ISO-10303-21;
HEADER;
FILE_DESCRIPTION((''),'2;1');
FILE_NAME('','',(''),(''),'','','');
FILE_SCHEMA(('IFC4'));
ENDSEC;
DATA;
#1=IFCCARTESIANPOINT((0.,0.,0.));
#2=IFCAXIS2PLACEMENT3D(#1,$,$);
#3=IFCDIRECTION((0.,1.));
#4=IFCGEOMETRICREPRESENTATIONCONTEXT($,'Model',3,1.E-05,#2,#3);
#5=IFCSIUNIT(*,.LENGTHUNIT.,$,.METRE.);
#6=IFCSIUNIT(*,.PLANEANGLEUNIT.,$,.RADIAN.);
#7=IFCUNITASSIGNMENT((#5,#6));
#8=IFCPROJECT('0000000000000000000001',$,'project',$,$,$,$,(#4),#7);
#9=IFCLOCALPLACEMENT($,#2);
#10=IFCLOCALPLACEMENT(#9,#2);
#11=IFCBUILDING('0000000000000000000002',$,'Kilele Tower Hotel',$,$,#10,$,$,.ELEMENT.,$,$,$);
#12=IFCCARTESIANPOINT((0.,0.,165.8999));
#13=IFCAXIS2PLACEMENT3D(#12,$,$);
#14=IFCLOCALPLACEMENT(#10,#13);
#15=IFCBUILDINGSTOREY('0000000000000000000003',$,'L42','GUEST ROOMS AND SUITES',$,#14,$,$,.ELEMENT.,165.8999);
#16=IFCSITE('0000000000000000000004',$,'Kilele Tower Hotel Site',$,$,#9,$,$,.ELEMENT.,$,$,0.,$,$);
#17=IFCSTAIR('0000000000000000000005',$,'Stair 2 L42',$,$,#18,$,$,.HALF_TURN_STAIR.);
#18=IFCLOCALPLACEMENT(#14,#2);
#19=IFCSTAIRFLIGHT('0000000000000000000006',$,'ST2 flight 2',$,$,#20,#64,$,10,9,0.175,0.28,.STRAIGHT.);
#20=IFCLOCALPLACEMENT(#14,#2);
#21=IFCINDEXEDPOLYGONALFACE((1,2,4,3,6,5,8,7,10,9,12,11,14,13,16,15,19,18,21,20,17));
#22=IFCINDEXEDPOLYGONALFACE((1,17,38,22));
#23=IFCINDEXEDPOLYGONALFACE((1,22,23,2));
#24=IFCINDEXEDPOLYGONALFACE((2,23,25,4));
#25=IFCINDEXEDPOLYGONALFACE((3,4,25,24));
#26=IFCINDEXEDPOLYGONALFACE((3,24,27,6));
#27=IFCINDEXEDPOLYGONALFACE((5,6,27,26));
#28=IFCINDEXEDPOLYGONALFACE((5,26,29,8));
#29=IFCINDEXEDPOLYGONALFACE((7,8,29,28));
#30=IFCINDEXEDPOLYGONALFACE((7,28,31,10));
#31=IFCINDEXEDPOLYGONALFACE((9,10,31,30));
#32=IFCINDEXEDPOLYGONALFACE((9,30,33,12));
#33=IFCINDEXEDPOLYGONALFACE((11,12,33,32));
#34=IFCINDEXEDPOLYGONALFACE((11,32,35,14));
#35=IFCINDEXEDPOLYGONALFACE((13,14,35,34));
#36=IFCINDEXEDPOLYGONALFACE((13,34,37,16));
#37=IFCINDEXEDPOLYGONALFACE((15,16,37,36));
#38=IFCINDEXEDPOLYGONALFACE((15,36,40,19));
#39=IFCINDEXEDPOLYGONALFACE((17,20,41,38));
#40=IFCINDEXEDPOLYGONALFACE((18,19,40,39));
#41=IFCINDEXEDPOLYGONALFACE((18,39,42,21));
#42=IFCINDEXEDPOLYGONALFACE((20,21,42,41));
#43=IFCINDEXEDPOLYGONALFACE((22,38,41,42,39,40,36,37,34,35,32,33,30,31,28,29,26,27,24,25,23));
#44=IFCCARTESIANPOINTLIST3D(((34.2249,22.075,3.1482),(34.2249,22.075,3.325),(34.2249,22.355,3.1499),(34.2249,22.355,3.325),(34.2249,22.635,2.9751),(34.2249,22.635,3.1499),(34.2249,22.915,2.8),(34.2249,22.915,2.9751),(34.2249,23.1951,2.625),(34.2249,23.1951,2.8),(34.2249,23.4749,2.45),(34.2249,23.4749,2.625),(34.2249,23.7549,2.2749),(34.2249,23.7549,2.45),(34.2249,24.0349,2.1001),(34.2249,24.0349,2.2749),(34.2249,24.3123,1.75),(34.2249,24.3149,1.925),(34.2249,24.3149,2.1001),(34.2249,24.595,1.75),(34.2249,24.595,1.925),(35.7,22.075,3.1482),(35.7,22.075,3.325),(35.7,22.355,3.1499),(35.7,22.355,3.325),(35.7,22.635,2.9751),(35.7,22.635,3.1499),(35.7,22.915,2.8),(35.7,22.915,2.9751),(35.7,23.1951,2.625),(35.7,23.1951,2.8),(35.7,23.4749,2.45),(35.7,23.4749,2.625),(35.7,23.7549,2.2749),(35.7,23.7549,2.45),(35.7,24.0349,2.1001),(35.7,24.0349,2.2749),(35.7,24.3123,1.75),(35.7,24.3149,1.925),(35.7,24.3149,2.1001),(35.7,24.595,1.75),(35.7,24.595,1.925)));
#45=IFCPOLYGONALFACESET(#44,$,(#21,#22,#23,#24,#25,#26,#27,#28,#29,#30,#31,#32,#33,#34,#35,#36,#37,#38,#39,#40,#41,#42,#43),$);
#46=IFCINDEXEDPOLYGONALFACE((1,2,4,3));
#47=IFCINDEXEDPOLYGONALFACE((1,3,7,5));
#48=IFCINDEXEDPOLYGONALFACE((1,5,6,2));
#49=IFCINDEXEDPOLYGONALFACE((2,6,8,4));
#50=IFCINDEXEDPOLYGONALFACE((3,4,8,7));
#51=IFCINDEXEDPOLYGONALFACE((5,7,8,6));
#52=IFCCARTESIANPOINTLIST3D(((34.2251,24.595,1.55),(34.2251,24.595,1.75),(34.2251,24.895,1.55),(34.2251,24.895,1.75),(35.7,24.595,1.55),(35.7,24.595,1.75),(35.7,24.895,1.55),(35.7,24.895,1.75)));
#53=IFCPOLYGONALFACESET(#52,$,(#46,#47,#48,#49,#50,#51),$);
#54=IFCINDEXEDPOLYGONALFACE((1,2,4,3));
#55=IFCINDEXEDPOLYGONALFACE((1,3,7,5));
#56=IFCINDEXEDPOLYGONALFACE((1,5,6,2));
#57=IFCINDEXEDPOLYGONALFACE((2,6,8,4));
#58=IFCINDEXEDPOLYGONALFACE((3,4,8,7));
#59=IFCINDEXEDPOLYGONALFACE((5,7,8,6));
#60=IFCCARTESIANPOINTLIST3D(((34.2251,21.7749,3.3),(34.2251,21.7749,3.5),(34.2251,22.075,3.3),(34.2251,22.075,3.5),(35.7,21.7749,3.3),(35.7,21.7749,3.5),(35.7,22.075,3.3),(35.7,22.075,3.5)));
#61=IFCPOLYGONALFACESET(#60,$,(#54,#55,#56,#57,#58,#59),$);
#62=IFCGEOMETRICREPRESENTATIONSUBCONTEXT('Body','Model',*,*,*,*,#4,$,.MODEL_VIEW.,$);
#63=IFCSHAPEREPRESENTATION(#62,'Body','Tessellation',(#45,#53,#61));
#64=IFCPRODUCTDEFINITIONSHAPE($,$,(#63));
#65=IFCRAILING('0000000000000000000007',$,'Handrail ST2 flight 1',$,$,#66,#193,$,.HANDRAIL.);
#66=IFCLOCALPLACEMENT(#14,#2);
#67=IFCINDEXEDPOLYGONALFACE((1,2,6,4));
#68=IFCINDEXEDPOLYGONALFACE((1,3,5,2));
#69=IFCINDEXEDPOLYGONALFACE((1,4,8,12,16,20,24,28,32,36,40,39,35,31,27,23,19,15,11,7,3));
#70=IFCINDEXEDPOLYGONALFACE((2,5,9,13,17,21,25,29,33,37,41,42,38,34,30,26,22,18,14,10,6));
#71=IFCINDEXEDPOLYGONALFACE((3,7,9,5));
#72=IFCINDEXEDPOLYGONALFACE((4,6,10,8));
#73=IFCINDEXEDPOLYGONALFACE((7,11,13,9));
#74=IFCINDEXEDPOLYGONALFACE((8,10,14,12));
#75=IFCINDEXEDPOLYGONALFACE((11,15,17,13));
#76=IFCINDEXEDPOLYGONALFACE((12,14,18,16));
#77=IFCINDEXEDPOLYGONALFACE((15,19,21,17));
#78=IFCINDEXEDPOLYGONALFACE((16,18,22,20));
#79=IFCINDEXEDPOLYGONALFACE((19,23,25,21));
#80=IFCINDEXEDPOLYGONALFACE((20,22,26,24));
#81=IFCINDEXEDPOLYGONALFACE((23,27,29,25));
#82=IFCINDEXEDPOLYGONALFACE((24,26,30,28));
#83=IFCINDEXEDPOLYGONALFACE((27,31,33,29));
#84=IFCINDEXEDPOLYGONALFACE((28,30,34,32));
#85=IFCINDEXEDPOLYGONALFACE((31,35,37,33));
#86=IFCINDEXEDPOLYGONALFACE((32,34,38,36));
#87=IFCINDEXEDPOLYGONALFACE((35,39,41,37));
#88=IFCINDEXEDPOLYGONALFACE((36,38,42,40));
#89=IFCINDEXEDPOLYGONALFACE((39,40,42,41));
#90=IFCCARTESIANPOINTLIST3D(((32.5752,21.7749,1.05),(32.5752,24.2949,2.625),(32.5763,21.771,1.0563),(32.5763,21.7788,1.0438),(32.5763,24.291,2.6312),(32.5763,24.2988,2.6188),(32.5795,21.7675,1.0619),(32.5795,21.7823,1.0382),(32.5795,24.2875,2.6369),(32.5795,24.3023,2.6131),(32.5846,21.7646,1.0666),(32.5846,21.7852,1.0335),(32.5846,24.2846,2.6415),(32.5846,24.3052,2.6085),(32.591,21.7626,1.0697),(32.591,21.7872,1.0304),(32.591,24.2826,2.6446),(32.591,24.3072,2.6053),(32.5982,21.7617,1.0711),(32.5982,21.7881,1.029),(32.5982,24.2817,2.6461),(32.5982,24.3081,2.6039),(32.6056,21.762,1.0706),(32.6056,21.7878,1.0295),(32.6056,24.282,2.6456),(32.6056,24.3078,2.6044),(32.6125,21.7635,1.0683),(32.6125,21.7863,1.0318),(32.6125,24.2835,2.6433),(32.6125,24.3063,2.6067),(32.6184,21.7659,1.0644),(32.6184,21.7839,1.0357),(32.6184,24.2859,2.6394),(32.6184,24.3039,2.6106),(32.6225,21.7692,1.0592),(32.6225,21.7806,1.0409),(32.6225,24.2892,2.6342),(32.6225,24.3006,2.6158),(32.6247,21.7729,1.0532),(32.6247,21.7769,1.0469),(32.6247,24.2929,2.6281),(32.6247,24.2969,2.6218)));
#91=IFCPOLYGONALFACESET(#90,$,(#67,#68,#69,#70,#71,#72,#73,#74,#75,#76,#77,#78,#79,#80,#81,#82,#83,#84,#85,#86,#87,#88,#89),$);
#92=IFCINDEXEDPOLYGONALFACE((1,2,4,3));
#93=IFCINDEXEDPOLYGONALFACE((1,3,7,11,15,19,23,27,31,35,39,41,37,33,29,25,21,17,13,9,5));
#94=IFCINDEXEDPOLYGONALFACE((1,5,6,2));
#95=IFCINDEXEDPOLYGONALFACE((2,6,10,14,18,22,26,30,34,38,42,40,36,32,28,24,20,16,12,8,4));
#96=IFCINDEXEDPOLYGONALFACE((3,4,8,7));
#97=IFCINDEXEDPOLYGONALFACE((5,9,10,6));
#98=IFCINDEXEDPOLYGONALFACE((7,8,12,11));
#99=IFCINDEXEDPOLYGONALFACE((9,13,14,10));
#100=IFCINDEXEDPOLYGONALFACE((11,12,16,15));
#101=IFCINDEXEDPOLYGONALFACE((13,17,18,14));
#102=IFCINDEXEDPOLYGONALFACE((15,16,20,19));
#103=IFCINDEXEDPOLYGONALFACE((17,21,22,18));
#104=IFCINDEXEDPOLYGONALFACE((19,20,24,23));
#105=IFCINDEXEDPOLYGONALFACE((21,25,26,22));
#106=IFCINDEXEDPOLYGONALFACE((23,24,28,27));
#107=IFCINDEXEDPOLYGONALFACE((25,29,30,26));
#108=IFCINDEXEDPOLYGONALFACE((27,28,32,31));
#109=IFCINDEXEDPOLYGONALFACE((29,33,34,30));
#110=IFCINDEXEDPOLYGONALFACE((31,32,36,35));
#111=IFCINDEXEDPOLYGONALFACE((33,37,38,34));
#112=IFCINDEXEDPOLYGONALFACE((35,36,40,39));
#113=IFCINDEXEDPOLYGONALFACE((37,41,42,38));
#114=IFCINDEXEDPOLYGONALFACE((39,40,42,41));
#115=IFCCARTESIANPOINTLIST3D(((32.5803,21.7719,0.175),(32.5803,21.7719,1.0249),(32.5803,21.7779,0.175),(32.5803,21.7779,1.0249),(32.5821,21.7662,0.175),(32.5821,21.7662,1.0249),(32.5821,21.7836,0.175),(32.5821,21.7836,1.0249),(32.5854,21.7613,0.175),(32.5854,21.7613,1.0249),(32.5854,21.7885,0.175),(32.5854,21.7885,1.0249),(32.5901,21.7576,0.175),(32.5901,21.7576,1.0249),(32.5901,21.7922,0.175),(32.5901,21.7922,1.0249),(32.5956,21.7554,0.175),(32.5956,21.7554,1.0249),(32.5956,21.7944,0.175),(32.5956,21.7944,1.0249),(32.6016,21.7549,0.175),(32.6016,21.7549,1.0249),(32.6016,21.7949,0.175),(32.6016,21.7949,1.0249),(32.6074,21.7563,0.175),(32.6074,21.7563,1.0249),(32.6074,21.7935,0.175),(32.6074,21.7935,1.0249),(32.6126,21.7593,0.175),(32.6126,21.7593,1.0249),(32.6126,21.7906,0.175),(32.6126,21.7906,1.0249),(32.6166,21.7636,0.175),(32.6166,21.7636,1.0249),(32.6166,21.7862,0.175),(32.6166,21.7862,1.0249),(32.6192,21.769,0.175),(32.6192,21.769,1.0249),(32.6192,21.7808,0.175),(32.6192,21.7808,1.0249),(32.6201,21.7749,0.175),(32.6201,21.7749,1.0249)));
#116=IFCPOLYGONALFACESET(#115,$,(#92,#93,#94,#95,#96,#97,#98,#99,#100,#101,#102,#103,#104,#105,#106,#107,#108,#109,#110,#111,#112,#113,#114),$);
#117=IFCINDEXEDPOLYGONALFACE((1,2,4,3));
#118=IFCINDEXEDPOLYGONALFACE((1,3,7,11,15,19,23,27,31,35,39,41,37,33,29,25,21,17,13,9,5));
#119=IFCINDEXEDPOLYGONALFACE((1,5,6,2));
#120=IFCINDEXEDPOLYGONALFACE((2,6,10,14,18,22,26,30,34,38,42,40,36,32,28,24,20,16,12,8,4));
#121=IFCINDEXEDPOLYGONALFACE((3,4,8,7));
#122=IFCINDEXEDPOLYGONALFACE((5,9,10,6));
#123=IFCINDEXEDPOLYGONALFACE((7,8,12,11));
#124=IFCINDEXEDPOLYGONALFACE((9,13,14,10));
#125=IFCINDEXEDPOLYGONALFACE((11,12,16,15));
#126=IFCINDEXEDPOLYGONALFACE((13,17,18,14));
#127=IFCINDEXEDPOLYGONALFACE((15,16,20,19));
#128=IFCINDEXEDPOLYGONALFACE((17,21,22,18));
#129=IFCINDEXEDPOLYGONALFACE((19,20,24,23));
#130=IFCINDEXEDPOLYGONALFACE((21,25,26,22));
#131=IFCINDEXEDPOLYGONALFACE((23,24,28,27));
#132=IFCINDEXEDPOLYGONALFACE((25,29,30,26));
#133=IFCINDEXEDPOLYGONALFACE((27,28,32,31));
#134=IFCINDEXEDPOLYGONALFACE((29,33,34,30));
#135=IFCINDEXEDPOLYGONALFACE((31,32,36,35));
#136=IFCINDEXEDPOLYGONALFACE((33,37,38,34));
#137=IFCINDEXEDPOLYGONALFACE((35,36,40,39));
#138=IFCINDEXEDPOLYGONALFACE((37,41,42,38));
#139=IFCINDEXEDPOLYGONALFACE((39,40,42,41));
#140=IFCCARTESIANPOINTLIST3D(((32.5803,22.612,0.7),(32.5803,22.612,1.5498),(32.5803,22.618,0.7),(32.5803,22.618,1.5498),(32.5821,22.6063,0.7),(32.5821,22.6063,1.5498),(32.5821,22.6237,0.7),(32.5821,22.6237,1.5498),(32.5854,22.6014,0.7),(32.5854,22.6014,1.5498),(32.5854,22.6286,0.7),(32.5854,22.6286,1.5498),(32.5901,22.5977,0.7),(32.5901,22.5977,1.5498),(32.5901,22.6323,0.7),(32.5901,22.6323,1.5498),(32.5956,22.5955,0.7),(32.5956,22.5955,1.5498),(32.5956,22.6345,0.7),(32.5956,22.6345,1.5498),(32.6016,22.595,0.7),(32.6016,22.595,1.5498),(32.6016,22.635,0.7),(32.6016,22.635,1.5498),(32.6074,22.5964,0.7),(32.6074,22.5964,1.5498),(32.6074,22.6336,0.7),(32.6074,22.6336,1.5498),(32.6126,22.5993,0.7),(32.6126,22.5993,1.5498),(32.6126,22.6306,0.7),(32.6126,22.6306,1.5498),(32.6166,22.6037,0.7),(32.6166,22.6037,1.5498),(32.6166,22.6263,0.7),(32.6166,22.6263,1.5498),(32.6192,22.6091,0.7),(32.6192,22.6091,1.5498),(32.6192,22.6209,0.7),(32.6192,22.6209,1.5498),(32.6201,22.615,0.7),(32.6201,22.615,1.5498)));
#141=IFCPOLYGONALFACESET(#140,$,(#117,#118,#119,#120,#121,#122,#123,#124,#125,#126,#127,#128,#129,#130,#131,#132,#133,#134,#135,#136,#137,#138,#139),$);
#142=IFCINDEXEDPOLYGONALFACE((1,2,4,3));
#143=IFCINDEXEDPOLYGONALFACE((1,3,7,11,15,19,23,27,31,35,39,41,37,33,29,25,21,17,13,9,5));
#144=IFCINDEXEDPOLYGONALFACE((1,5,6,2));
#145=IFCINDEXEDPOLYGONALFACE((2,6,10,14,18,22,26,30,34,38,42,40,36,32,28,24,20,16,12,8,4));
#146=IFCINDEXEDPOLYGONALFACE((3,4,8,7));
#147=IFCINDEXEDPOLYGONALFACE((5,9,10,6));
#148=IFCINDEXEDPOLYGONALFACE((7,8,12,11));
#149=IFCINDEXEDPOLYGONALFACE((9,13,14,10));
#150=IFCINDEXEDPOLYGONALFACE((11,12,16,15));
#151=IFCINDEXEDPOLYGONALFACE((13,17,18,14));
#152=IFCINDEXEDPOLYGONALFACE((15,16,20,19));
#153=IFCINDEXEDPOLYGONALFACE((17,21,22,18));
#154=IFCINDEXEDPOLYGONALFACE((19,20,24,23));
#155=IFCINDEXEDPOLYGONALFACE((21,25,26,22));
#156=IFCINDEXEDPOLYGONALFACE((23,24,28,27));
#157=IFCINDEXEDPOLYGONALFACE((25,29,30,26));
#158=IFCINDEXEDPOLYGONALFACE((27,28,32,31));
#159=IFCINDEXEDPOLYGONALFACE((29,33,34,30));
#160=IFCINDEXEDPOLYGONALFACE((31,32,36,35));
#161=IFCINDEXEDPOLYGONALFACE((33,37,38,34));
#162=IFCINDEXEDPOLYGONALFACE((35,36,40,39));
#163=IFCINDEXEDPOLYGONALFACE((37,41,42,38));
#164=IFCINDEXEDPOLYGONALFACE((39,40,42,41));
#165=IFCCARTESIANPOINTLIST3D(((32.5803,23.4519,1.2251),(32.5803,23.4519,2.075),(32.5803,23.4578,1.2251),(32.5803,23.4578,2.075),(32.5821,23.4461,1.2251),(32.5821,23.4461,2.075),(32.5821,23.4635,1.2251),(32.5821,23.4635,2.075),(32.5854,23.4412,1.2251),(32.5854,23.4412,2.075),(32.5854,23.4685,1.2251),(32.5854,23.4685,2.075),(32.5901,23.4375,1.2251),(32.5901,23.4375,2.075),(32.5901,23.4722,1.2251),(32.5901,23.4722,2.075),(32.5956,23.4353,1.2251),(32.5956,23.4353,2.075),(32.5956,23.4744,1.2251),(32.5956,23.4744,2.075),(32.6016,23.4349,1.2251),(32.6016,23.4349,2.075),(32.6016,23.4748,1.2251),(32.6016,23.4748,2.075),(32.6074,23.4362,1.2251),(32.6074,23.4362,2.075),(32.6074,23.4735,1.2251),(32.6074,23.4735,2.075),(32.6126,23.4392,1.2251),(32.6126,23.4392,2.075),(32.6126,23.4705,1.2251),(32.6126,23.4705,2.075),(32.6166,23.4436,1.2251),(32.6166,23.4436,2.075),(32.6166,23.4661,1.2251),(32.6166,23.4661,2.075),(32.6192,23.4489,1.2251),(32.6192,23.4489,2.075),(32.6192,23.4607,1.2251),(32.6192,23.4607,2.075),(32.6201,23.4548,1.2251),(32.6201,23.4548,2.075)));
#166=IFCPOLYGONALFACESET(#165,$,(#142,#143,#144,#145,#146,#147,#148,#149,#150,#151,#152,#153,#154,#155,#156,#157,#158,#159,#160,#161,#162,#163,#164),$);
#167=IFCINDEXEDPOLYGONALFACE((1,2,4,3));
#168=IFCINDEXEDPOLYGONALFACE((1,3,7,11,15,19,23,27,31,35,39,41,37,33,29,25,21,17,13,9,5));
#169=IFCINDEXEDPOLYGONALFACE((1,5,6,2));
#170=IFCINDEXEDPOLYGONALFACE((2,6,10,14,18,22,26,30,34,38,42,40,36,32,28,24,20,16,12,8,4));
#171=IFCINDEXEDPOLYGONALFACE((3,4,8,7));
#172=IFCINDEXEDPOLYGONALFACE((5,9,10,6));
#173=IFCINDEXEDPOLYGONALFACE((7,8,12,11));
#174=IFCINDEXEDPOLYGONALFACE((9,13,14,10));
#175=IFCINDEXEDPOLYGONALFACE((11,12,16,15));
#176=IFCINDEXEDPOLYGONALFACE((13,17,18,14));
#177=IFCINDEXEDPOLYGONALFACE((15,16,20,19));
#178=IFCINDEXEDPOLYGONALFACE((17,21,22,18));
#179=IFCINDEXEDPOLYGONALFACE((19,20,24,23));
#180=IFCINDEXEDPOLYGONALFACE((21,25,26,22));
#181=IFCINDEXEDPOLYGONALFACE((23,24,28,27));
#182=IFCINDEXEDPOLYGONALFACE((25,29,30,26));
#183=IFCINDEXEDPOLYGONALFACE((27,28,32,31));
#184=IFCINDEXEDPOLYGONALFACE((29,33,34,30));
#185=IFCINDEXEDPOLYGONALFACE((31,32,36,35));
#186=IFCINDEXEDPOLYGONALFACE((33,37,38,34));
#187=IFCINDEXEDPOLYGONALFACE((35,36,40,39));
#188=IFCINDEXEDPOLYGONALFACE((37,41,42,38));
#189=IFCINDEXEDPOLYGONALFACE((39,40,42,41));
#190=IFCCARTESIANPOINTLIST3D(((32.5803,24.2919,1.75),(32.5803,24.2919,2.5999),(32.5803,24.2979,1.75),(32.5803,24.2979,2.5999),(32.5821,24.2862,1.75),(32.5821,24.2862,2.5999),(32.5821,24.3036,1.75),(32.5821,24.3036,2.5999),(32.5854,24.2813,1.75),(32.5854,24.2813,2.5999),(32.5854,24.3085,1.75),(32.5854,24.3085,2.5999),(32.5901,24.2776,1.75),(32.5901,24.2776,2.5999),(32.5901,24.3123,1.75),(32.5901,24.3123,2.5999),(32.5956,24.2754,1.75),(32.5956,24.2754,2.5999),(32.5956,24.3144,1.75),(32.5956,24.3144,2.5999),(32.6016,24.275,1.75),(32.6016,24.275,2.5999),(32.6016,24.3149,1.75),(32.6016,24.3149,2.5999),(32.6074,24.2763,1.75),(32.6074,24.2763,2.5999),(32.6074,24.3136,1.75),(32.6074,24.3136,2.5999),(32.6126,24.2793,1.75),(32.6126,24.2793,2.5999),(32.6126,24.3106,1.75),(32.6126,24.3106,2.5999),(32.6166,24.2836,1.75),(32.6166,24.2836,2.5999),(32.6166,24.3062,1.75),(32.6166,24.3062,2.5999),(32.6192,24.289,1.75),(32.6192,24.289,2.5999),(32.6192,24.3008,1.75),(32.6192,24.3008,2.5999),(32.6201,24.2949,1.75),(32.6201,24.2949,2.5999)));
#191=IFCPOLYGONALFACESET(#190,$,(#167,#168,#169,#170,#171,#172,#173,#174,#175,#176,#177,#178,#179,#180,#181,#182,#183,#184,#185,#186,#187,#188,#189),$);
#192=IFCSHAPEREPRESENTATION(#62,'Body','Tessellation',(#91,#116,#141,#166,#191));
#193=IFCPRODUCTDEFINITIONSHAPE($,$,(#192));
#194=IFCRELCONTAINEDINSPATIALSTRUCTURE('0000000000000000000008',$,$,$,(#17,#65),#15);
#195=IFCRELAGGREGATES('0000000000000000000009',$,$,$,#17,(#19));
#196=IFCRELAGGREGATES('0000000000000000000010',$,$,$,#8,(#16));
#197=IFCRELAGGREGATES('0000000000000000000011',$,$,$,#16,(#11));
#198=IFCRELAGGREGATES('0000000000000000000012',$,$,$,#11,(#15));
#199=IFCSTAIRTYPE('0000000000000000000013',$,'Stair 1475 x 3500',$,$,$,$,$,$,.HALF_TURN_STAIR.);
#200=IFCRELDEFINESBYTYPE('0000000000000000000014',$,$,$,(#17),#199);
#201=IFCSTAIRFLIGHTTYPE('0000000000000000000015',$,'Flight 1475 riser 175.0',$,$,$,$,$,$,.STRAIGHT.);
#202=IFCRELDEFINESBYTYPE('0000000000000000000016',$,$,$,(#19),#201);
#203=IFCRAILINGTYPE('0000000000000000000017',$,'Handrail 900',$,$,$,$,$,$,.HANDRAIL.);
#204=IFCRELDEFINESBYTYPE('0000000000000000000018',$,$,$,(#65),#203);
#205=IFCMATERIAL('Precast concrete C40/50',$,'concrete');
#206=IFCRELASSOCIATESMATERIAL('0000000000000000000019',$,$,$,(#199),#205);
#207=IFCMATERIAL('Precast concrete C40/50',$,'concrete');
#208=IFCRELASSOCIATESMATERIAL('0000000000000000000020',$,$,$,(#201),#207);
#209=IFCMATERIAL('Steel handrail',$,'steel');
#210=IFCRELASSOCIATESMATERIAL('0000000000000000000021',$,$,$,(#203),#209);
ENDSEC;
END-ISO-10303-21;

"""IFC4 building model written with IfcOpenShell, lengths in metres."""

from ifc_helpers import new_model, si_unit, direction, frame, origin, origin_2d, place, context, subcontext, project, spatial, polyline, circle, outline, extrude, material, type_object, element, aggregate, save


model = new_model("IFC4")

# Units and contexts
model_context = context("Model", 3, precision=1e-05, world=origin(), true_north=direction((0.0, 1.0)))
body_context = subcontext(model_context, "Body", "Model", "MODEL_VIEW")
ifc_project = project(units=[si_unit("LENGTHUNIT", "METRE"), si_unit("PLANEANGLEUNIT", "RADIAN")], contexts=[model_context])

# Site, building, storey
site_placement = place(None, origin())
site = spatial("IfcSite", under=ifc_project, at=site_placement, Name="Kilele Tower Hotel Site", CompositionType="ELEMENT", RefElevation=0.0)
building_placement = place(site_placement, origin())
building = spatial("IfcBuilding", under=site, at=building_placement, Name="Kilele Tower Hotel", CompositionType="ELEMENT")
storey_placement = place(building_placement, frame((0.0, 0.0, 165.8999)))
storey = spatial("IfcBuildingStorey", under=building, at=storey_placement, Name="L42", Description="GUEST ROOMS AND SUITES", CompositionType="ELEMENT", Elevation=165.8999)

# Stair, stair flight
ifc_material_1 = material(Name="Precast concrete C40/50", Category="concrete")
stair_type = type_object("IfcStairType", Name="Stair 1475 x 3500", PredefinedType="HALF_TURN_STAIR", material=ifc_material_1)
stair_placement = place(storey_placement, origin())
stair = element("IfcStair", 1, at=stair_placement, inside=storey, type_object=stair_type, Name="Stair 2 L42", PredefinedType="HALF_TURN_STAIR")
ifc_material_2 = material(Name="Precast concrete C40/50", Category="concrete")
stair_flight_type = type_object("IfcStairFlightType", Name="Flight 1475 riser 175.0", PredefinedType="STRAIGHT", material=ifc_material_2)
stair_flight_1_placement = place(storey_placement, frame((34.9624, 24.595, 1.75), z_axis=(0.0, 0.0, 1.0), x_axis=(0.0, -1.0, 0.0)))
stair_flight_1 = element("IfcStairFlight", 2, at=stair_flight_1_placement, type_object=stair_flight_type, Name="ST2 flight 2", NumberOfRisers=10, NumberOfTreads=9, PredefinedType="STRAIGHT", RiserHeight=0.175, TreadLength=0.28, context=body_context, shape_type="SweptSolid", body=[
    extrude(outline(polyline([(0.0, 0.0), (0.0, 0.175), (0.28, 0.175), (0.28, 0.3501), (0.5601, 0.3501), (0.5601, 0.5249), (0.8401, 0.5249), (0.8401, 0.7), (1.1201, 0.7), (1.1201, 0.875), (1.3999, 0.875), (1.3999, 1.05), (1.6799, 1.05), (1.6799, 1.2251), (1.96, 1.2251), (1.96, 1.3999), (2.24, 1.3999), (2.24, 1.575), (2.52, 1.575), (2.52, 1.75), (2.52, 1.3982), (0.2827, 0.0), (0.0, 0.0)])), frame((0.0, 0.7375, 0.0), z_axis=(0.0, -1.0, 0.0), x_axis=(1.0, 0.0, 0.0)), (0.0, 0.0, 1.0), 1.4751),
    extrude(outline(polyline([(0.0, -0.7373), (0.0, 0.7375), (-0.3, 0.7375), (-0.3, -0.7373), (0.0, -0.7373)])), frame((0.0, 0.0, -0.2)), (0.0, 0.0, 1.0), 0.2),
    extrude(outline(polyline([(2.8201, -0.7373), (2.8201, 0.7375), (2.52, 0.7375), (2.52, -0.7373), (2.8201, -0.7373)])), frame((0.0, 0.0, 1.55)), (0.0, 0.0, 1.0), 0.2),
])
aggregate(stair, [stair_flight_1])

# Railing
ifc_material_3 = material(Name="Steel handrail", Category="steel")
railing_type_1 = type_object("IfcRailingType", Name="Handrail 900", PredefinedType="HANDRAIL", material=ifc_material_3)
for number, where, name in (
    (3, (32.6001, 21.7749, 0.175), "Handrail ST2 flight 1"),
):
    element("IfcRailing", number, at=place(storey_placement, frame(where)), inside=storey, type_object=railing_type_1, Name=name, PredefinedType="HANDRAIL", context=body_context, shape_type="SweptSolid", body=[
        extrude(circle(Radius=0.0249, at=origin_2d()), frame((0.0, 0.0, 0.875), z_axis=(0.0, 0.848008, 0.529984), x_axis=(-1.0, 0.0, 0.0)), (0.0, 0.0, 1.0), 2.9717),
        extrude(circle(Radius=0.02, at=origin_2d()), origin(), (0.0, 0.0, 1.0), 0.8499),
        extrude(circle(Radius=0.02, at=origin_2d()), frame((0.0, 0.8401, 0.5249)), (0.0, 0.0, 1.0), 0.8499),
        extrude(circle(Radius=0.02, at=origin_2d()), frame((0.0, 1.6799, 1.05)), (0.0, 0.0, 1.0), 0.8499),
        extrude(circle(Radius=0.02, at=origin_2d()), frame((0.0, 2.52, 1.575)), (0.0, 0.0, 1.0), 0.8499),
    ])

save(model, "model.ifc")
